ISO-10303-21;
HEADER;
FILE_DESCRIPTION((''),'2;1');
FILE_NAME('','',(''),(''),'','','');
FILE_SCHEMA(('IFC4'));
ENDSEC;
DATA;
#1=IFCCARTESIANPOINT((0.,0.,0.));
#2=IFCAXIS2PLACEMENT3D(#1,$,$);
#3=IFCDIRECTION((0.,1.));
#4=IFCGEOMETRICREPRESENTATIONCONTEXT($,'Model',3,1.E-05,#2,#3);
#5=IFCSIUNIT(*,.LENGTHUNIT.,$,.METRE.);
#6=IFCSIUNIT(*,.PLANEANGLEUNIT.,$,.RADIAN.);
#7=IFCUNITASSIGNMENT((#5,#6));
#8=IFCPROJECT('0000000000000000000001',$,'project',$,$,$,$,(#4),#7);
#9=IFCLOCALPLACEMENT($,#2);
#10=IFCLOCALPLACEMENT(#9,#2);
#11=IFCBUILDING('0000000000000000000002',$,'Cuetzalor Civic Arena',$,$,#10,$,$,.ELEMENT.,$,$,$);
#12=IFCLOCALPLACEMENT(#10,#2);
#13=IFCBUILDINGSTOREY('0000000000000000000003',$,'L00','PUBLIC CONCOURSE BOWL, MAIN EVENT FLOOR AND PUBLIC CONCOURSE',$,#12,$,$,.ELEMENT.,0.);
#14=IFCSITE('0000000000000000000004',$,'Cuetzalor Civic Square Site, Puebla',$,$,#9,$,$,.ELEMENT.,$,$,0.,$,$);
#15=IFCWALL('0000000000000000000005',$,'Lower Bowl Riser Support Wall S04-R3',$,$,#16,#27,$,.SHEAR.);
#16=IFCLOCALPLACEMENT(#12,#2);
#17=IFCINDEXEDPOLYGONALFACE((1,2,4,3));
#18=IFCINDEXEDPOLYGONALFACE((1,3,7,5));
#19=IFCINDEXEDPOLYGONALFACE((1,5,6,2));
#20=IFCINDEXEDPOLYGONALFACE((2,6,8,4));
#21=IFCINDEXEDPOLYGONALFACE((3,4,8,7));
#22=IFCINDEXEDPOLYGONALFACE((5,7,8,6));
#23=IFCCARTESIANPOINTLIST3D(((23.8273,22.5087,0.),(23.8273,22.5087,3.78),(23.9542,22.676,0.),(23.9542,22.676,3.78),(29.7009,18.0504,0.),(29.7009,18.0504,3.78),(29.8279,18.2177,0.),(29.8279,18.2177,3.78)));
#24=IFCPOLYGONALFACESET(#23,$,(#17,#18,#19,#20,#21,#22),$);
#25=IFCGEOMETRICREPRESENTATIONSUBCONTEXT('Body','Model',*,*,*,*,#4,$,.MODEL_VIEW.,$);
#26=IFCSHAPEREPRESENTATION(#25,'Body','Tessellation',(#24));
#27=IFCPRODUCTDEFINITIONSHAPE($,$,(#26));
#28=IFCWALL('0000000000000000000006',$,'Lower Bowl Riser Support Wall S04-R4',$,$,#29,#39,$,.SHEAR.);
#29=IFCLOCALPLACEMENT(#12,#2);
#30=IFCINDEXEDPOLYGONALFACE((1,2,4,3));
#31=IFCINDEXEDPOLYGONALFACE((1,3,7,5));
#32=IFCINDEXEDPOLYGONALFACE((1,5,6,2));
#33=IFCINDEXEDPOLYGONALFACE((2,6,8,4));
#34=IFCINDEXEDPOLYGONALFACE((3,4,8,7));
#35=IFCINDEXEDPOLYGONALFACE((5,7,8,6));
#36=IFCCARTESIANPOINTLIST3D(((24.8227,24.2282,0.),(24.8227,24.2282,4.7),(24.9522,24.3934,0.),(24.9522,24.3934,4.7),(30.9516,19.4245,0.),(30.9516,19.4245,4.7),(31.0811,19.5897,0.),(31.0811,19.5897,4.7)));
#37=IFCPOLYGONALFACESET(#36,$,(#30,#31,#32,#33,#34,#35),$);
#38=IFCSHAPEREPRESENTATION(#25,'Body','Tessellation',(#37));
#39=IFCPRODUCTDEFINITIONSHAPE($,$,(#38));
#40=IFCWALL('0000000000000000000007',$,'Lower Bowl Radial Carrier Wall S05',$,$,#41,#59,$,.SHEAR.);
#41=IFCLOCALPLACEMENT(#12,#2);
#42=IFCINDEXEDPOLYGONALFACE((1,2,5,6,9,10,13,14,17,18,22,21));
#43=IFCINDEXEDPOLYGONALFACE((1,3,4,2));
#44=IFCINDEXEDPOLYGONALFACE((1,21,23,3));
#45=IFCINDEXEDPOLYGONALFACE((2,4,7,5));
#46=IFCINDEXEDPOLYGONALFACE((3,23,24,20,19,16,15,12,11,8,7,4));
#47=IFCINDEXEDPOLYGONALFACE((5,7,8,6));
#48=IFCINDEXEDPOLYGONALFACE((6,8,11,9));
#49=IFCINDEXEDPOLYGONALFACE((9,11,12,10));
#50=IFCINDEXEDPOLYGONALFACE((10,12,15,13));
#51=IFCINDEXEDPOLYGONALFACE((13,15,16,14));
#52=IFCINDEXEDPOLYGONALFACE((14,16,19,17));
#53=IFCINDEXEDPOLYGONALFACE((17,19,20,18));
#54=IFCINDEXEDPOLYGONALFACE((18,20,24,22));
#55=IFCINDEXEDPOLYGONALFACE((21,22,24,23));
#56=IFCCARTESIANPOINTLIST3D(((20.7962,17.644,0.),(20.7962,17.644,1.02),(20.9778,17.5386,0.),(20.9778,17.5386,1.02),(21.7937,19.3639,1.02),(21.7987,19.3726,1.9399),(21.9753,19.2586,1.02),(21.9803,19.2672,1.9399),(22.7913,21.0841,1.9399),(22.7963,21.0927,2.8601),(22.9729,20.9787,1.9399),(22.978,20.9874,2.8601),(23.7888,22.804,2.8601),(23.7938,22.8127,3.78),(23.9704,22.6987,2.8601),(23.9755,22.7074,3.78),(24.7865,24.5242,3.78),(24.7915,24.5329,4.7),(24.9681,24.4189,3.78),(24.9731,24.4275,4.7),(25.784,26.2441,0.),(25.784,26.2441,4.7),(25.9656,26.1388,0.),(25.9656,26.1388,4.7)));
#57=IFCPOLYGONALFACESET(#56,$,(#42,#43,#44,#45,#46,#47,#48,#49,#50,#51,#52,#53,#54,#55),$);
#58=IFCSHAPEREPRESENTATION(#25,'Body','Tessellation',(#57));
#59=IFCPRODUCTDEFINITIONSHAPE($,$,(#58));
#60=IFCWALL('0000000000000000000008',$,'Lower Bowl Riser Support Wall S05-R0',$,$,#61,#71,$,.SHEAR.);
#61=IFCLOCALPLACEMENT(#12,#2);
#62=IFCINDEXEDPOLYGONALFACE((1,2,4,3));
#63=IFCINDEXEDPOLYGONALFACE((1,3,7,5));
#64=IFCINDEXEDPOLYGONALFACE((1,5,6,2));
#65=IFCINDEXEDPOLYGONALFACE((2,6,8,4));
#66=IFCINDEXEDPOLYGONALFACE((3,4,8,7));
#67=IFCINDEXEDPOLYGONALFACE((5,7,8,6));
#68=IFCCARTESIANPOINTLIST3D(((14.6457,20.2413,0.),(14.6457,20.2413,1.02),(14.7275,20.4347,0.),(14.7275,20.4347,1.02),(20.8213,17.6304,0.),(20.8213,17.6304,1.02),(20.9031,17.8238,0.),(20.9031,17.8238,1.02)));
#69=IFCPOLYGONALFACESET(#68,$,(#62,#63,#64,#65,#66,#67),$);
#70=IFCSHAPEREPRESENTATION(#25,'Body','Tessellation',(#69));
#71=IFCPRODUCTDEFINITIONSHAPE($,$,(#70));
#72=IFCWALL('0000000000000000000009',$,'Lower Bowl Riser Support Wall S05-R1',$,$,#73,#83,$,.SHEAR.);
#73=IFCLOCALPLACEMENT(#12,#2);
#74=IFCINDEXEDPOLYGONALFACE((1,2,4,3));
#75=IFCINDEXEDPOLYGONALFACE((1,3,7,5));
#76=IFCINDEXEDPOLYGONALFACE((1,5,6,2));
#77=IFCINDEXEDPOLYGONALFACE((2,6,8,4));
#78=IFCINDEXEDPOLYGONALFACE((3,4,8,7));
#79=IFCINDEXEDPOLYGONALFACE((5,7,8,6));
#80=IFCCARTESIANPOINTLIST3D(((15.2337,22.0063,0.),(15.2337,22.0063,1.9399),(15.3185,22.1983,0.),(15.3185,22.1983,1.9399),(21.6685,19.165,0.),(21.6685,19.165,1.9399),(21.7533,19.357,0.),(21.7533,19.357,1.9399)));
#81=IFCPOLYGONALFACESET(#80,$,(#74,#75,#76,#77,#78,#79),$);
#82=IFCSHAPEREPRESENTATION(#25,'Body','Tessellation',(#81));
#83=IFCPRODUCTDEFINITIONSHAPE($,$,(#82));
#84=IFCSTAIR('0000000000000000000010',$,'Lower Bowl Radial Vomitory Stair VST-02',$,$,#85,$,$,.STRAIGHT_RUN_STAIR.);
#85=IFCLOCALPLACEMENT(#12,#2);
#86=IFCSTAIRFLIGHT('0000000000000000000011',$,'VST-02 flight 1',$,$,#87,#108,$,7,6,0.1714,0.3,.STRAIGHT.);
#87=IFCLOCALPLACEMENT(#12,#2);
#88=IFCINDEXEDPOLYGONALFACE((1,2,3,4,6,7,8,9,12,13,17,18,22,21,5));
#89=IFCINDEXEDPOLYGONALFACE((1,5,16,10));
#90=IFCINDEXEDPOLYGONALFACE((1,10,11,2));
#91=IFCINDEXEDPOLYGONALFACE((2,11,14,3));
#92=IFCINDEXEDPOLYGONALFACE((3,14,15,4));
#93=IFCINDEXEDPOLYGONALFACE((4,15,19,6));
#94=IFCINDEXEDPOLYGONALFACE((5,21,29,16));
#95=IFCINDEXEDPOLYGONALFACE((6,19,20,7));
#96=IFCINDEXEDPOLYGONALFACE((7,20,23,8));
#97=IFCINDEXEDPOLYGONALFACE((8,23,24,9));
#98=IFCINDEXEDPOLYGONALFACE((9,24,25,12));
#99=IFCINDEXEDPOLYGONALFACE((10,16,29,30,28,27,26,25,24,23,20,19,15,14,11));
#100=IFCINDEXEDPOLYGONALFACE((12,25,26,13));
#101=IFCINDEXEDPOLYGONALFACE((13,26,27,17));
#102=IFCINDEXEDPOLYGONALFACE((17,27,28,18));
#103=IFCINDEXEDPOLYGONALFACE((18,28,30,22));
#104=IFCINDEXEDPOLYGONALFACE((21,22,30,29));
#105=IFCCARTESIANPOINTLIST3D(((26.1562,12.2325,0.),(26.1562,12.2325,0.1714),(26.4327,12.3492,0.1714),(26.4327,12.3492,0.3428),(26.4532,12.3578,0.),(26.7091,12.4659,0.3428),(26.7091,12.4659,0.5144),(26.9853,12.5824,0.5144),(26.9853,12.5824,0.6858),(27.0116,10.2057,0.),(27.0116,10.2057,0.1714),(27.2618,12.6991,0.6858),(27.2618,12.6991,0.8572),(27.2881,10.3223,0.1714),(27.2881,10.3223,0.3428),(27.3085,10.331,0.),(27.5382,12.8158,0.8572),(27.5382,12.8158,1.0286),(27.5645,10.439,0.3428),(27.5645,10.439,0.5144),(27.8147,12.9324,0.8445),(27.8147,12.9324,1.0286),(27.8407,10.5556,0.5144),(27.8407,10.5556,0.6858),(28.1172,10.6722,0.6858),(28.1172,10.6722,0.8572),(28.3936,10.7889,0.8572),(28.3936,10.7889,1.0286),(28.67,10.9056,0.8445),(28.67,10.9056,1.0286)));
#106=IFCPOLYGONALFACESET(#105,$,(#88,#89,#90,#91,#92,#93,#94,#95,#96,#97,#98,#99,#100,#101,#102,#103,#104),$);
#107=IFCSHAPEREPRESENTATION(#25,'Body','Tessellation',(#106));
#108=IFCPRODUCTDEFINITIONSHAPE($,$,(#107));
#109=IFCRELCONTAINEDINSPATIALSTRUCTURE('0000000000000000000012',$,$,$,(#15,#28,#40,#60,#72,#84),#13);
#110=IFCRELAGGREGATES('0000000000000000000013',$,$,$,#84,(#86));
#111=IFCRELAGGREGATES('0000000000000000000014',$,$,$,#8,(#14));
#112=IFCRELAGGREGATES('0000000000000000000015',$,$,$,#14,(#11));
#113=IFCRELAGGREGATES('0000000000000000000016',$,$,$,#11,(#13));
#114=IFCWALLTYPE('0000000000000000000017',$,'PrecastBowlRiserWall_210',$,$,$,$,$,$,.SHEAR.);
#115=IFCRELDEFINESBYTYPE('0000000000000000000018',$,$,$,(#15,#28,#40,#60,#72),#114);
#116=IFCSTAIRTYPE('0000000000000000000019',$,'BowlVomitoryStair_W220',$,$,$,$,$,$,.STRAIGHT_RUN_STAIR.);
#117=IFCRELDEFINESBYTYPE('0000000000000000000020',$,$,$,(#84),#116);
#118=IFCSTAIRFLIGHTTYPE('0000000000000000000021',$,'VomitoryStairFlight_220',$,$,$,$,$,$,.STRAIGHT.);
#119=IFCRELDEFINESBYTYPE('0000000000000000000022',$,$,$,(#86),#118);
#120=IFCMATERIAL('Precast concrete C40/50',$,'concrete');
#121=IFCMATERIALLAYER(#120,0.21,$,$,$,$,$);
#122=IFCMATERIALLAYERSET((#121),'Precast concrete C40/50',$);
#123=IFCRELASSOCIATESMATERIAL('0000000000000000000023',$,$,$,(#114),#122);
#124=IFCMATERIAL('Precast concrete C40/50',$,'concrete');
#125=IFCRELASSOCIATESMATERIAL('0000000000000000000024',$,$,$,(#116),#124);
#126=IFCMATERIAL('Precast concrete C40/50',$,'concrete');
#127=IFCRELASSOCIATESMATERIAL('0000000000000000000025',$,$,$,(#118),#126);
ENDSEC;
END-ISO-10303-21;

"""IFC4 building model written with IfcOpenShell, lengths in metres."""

from ifc_helpers import new_model, si_unit, direction, frame, frame_2d, origin, place, context, subcontext, project, spatial, polyline, rectangle, outline, extrude, material, layer, layer_set, type_object, element, aggregate, save


model = new_model("IFC4")

# Units and contexts
model_context = context("Model", 3, precision=1e-05, world=origin(), true_north=direction((0.0, 1.0)))
body_context = subcontext(model_context, "Body", "Model", "MODEL_VIEW")
ifc_project = project(units=[si_unit("LENGTHUNIT", "METRE"), si_unit("PLANEANGLEUNIT", "RADIAN")], contexts=[model_context])

# Site, building, storey
site_placement = place(None, origin())
site = spatial("IfcSite", under=ifc_project, at=site_placement, Name="Cuetzalor Civic Square Site, Puebla", CompositionType="ELEMENT", RefElevation=0.0)
building_placement = place(site_placement, origin())
building = spatial("IfcBuilding", under=site, at=building_placement, Name="Cuetzalor Civic Arena", CompositionType="ELEMENT")
storey_placement = place(building_placement, origin())
storey = spatial("IfcBuildingStorey", under=building, at=storey_placement, Name="L00", Description="PUBLIC CONCOURSE BOWL, MAIN EVENT FLOOR AND PUBLIC CONCOURSE", CompositionType="ELEMENT", Elevation=0.0)

# Walls
ifc_material_1 = material(Name="Precast concrete C40/50", Category="concrete")
ifc_layer = layer(ifc_material_1, 0.21)
ifc_layer_set = layer_set([ifc_layer], Name="Precast concrete C40/50")
wall_type = type_object("IfcWallType", Name="PrecastBowlRiserWall_210", PredefinedType="SHEAR", material=ifc_layer_set)
wall_1_placement = place(storey_placement, frame((29.7644, 18.134, 0.0), z_axis=(0.0, 0.0, 1.0), x_axis=(-0.79653, 0.604599, 0.0)))
element("IfcWall", 1, at=wall_1_placement, inside=storey, type_object=wall_type, Name="Lower Bowl Riser Support Wall S04-R3", PredefinedType="SHEAR", context=body_context, shape_type="SweptSolid", body=[
    extrude(rectangle(XDim=7.374, YDim=0.21, at=frame_2d((3.687, 0.0))), origin(), (0.0, 0.0, 1.0), 3.78),
])
wall_2_placement = place(storey_placement, frame((31.0164, 19.5071, 0.0), z_axis=(0.0, 0.0, 1.0), x_axis=(-0.787058, 0.61688, 0.0)))
element("IfcWall", 2, at=wall_2_placement, inside=storey, type_object=wall_type, Name="Lower Bowl Riser Support Wall S04-R4", PredefinedType="SHEAR", context=body_context, shape_type="SweptSolid", body=[
    extrude(rectangle(XDim=7.7871, YDim=0.21, at=frame_2d((3.8936, 0.0))), origin(), (0.0, 0.0, 1.0), 4.7),
])
wall_3_placement = place(storey_placement, frame((20.887, 17.5913, 0.0), z_axis=(0.0, 0.0, 1.0), x_axis=(0.501698, 0.865043, 0.0)))
element("IfcWall", 3, at=wall_3_placement, inside=storey, type_object=wall_type, Name="Lower Bowl Radial Carrier Wall S05", PredefinedType="SHEAR", context=body_context, shape_type="SweptSolid", body=[
    extrude(outline(polyline([(0.0, 0.0), (9.9419, 0.0), (9.9419, 4.7), (7.9636, 4.7), (7.9536, 3.78), (5.9751, 3.78), (5.9651, 2.8601), (3.9868, 2.8601), (3.9768, 1.9399), (1.9983, 1.9399), (1.9883, 1.02), (0.0, 1.02), (0.0, 0.0)])), frame((0.0, 0.105, 0.0), z_axis=(0.0, -1.0, 0.0), x_axis=(1.0, 0.0, 0.0)), (0.0, 0.0, 1.0), 0.21),
])
wall_4_placement = place(storey_placement, frame((20.8623, 17.7271, 0.0), z_axis=(0.0, 0.0, 1.0), x_axis=(-0.921068, 0.389401, 0.0)))
element("IfcWall", 4, at=wall_4_placement, inside=storey, type_object=wall_type, Name="Lower Bowl Riser Support Wall S05-R0", PredefinedType="SHEAR", context=body_context, shape_type="SweptSolid", body=[
    extrude(rectangle(XDim=6.7048, YDim=0.21, at=frame_2d((3.3525, 0.0))), origin(), (0.0, 0.0, 1.0), 1.02),
])
wall_5_placement = place(storey_placement, frame((21.7109, 19.261, 0.0), z_axis=(0.0, 0.0, 1.0), x_axis=(-0.914791, 0.403928, 0.0)))
element("IfcWall", 5, at=wall_5_placement, inside=storey, type_object=wall_type, Name="Lower Bowl Riser Support Wall S05-R1", PredefinedType="SHEAR", context=body_context, shape_type="SweptSolid", body=[
    extrude(rectangle(XDim=7.0342, YDim=0.21, at=frame_2d((3.5171, 0.0))), origin(), (0.0, 0.0, 1.0), 1.9399),
])

# Stair, stair flight
ifc_material_2 = material(Name="Precast concrete C40/50", Category="concrete")
stair_type = type_object("IfcStairType", Name="BowlVomitoryStair_W220", PredefinedType="STRAIGHT_RUN_STAIR", material=ifc_material_2)
ifc_material_3 = material(Name="Precast concrete C40/50", Category="concrete")
stair_flight_type = type_object("IfcStairFlightType", Name="VomitoryStairFlight_220", PredefinedType="STRAIGHT", material=ifc_material_3)
stair_1_placement = place(storey_placement, origin())
stair_1 = element("IfcStair", 6, at=stair_1_placement, inside=storey, type_object=stair_type, Name="Lower Bowl Radial Vomitory Stair VST-02", PredefinedType="STRAIGHT_RUN_STAIR")
stair_flight_1_placement = place(storey_placement, frame((26.584, 11.219, 0.0), z_axis=(0.0, 0.0, 1.0), x_axis=(0.921314, 0.388818, 0.0)))
stair_flight_1 = element("IfcStairFlight", 7, at=stair_flight_1_placement, type_object=stair_flight_type, Name="VST-02 flight 1", NumberOfRisers=7, NumberOfTreads=6, PredefinedType="STRAIGHT", RiserHeight=0.1714, TreadLength=0.3, context=body_context, shape_type="SweptSolid", body=[
    extrude(outline(polyline([(0.0, 0.0), (0.0, 0.1714), (0.3, 0.1714), (0.3, 0.3428), (0.6001, 0.3428), (0.6001, 0.5144), (0.8999, 0.5144), (0.8999, 0.6858), (1.2, 0.6858), (1.2, 0.8572), (1.5, 0.8572), (1.5, 1.0286), (1.8, 1.0286), (1.8, 1.2), (1.8, 0.8445), (0.3223, 0.0), (0.0, 0.0)])), frame((0.0, 1.1001, 0.0), z_axis=(0.0, -1.0, 0.0), x_axis=(1.0, 0.0, 0.0)), (0.0, 0.0, 1.0), 2.2),
])
aggregate(stair_1, [stair_flight_1])

save(model, "model.ifc")
